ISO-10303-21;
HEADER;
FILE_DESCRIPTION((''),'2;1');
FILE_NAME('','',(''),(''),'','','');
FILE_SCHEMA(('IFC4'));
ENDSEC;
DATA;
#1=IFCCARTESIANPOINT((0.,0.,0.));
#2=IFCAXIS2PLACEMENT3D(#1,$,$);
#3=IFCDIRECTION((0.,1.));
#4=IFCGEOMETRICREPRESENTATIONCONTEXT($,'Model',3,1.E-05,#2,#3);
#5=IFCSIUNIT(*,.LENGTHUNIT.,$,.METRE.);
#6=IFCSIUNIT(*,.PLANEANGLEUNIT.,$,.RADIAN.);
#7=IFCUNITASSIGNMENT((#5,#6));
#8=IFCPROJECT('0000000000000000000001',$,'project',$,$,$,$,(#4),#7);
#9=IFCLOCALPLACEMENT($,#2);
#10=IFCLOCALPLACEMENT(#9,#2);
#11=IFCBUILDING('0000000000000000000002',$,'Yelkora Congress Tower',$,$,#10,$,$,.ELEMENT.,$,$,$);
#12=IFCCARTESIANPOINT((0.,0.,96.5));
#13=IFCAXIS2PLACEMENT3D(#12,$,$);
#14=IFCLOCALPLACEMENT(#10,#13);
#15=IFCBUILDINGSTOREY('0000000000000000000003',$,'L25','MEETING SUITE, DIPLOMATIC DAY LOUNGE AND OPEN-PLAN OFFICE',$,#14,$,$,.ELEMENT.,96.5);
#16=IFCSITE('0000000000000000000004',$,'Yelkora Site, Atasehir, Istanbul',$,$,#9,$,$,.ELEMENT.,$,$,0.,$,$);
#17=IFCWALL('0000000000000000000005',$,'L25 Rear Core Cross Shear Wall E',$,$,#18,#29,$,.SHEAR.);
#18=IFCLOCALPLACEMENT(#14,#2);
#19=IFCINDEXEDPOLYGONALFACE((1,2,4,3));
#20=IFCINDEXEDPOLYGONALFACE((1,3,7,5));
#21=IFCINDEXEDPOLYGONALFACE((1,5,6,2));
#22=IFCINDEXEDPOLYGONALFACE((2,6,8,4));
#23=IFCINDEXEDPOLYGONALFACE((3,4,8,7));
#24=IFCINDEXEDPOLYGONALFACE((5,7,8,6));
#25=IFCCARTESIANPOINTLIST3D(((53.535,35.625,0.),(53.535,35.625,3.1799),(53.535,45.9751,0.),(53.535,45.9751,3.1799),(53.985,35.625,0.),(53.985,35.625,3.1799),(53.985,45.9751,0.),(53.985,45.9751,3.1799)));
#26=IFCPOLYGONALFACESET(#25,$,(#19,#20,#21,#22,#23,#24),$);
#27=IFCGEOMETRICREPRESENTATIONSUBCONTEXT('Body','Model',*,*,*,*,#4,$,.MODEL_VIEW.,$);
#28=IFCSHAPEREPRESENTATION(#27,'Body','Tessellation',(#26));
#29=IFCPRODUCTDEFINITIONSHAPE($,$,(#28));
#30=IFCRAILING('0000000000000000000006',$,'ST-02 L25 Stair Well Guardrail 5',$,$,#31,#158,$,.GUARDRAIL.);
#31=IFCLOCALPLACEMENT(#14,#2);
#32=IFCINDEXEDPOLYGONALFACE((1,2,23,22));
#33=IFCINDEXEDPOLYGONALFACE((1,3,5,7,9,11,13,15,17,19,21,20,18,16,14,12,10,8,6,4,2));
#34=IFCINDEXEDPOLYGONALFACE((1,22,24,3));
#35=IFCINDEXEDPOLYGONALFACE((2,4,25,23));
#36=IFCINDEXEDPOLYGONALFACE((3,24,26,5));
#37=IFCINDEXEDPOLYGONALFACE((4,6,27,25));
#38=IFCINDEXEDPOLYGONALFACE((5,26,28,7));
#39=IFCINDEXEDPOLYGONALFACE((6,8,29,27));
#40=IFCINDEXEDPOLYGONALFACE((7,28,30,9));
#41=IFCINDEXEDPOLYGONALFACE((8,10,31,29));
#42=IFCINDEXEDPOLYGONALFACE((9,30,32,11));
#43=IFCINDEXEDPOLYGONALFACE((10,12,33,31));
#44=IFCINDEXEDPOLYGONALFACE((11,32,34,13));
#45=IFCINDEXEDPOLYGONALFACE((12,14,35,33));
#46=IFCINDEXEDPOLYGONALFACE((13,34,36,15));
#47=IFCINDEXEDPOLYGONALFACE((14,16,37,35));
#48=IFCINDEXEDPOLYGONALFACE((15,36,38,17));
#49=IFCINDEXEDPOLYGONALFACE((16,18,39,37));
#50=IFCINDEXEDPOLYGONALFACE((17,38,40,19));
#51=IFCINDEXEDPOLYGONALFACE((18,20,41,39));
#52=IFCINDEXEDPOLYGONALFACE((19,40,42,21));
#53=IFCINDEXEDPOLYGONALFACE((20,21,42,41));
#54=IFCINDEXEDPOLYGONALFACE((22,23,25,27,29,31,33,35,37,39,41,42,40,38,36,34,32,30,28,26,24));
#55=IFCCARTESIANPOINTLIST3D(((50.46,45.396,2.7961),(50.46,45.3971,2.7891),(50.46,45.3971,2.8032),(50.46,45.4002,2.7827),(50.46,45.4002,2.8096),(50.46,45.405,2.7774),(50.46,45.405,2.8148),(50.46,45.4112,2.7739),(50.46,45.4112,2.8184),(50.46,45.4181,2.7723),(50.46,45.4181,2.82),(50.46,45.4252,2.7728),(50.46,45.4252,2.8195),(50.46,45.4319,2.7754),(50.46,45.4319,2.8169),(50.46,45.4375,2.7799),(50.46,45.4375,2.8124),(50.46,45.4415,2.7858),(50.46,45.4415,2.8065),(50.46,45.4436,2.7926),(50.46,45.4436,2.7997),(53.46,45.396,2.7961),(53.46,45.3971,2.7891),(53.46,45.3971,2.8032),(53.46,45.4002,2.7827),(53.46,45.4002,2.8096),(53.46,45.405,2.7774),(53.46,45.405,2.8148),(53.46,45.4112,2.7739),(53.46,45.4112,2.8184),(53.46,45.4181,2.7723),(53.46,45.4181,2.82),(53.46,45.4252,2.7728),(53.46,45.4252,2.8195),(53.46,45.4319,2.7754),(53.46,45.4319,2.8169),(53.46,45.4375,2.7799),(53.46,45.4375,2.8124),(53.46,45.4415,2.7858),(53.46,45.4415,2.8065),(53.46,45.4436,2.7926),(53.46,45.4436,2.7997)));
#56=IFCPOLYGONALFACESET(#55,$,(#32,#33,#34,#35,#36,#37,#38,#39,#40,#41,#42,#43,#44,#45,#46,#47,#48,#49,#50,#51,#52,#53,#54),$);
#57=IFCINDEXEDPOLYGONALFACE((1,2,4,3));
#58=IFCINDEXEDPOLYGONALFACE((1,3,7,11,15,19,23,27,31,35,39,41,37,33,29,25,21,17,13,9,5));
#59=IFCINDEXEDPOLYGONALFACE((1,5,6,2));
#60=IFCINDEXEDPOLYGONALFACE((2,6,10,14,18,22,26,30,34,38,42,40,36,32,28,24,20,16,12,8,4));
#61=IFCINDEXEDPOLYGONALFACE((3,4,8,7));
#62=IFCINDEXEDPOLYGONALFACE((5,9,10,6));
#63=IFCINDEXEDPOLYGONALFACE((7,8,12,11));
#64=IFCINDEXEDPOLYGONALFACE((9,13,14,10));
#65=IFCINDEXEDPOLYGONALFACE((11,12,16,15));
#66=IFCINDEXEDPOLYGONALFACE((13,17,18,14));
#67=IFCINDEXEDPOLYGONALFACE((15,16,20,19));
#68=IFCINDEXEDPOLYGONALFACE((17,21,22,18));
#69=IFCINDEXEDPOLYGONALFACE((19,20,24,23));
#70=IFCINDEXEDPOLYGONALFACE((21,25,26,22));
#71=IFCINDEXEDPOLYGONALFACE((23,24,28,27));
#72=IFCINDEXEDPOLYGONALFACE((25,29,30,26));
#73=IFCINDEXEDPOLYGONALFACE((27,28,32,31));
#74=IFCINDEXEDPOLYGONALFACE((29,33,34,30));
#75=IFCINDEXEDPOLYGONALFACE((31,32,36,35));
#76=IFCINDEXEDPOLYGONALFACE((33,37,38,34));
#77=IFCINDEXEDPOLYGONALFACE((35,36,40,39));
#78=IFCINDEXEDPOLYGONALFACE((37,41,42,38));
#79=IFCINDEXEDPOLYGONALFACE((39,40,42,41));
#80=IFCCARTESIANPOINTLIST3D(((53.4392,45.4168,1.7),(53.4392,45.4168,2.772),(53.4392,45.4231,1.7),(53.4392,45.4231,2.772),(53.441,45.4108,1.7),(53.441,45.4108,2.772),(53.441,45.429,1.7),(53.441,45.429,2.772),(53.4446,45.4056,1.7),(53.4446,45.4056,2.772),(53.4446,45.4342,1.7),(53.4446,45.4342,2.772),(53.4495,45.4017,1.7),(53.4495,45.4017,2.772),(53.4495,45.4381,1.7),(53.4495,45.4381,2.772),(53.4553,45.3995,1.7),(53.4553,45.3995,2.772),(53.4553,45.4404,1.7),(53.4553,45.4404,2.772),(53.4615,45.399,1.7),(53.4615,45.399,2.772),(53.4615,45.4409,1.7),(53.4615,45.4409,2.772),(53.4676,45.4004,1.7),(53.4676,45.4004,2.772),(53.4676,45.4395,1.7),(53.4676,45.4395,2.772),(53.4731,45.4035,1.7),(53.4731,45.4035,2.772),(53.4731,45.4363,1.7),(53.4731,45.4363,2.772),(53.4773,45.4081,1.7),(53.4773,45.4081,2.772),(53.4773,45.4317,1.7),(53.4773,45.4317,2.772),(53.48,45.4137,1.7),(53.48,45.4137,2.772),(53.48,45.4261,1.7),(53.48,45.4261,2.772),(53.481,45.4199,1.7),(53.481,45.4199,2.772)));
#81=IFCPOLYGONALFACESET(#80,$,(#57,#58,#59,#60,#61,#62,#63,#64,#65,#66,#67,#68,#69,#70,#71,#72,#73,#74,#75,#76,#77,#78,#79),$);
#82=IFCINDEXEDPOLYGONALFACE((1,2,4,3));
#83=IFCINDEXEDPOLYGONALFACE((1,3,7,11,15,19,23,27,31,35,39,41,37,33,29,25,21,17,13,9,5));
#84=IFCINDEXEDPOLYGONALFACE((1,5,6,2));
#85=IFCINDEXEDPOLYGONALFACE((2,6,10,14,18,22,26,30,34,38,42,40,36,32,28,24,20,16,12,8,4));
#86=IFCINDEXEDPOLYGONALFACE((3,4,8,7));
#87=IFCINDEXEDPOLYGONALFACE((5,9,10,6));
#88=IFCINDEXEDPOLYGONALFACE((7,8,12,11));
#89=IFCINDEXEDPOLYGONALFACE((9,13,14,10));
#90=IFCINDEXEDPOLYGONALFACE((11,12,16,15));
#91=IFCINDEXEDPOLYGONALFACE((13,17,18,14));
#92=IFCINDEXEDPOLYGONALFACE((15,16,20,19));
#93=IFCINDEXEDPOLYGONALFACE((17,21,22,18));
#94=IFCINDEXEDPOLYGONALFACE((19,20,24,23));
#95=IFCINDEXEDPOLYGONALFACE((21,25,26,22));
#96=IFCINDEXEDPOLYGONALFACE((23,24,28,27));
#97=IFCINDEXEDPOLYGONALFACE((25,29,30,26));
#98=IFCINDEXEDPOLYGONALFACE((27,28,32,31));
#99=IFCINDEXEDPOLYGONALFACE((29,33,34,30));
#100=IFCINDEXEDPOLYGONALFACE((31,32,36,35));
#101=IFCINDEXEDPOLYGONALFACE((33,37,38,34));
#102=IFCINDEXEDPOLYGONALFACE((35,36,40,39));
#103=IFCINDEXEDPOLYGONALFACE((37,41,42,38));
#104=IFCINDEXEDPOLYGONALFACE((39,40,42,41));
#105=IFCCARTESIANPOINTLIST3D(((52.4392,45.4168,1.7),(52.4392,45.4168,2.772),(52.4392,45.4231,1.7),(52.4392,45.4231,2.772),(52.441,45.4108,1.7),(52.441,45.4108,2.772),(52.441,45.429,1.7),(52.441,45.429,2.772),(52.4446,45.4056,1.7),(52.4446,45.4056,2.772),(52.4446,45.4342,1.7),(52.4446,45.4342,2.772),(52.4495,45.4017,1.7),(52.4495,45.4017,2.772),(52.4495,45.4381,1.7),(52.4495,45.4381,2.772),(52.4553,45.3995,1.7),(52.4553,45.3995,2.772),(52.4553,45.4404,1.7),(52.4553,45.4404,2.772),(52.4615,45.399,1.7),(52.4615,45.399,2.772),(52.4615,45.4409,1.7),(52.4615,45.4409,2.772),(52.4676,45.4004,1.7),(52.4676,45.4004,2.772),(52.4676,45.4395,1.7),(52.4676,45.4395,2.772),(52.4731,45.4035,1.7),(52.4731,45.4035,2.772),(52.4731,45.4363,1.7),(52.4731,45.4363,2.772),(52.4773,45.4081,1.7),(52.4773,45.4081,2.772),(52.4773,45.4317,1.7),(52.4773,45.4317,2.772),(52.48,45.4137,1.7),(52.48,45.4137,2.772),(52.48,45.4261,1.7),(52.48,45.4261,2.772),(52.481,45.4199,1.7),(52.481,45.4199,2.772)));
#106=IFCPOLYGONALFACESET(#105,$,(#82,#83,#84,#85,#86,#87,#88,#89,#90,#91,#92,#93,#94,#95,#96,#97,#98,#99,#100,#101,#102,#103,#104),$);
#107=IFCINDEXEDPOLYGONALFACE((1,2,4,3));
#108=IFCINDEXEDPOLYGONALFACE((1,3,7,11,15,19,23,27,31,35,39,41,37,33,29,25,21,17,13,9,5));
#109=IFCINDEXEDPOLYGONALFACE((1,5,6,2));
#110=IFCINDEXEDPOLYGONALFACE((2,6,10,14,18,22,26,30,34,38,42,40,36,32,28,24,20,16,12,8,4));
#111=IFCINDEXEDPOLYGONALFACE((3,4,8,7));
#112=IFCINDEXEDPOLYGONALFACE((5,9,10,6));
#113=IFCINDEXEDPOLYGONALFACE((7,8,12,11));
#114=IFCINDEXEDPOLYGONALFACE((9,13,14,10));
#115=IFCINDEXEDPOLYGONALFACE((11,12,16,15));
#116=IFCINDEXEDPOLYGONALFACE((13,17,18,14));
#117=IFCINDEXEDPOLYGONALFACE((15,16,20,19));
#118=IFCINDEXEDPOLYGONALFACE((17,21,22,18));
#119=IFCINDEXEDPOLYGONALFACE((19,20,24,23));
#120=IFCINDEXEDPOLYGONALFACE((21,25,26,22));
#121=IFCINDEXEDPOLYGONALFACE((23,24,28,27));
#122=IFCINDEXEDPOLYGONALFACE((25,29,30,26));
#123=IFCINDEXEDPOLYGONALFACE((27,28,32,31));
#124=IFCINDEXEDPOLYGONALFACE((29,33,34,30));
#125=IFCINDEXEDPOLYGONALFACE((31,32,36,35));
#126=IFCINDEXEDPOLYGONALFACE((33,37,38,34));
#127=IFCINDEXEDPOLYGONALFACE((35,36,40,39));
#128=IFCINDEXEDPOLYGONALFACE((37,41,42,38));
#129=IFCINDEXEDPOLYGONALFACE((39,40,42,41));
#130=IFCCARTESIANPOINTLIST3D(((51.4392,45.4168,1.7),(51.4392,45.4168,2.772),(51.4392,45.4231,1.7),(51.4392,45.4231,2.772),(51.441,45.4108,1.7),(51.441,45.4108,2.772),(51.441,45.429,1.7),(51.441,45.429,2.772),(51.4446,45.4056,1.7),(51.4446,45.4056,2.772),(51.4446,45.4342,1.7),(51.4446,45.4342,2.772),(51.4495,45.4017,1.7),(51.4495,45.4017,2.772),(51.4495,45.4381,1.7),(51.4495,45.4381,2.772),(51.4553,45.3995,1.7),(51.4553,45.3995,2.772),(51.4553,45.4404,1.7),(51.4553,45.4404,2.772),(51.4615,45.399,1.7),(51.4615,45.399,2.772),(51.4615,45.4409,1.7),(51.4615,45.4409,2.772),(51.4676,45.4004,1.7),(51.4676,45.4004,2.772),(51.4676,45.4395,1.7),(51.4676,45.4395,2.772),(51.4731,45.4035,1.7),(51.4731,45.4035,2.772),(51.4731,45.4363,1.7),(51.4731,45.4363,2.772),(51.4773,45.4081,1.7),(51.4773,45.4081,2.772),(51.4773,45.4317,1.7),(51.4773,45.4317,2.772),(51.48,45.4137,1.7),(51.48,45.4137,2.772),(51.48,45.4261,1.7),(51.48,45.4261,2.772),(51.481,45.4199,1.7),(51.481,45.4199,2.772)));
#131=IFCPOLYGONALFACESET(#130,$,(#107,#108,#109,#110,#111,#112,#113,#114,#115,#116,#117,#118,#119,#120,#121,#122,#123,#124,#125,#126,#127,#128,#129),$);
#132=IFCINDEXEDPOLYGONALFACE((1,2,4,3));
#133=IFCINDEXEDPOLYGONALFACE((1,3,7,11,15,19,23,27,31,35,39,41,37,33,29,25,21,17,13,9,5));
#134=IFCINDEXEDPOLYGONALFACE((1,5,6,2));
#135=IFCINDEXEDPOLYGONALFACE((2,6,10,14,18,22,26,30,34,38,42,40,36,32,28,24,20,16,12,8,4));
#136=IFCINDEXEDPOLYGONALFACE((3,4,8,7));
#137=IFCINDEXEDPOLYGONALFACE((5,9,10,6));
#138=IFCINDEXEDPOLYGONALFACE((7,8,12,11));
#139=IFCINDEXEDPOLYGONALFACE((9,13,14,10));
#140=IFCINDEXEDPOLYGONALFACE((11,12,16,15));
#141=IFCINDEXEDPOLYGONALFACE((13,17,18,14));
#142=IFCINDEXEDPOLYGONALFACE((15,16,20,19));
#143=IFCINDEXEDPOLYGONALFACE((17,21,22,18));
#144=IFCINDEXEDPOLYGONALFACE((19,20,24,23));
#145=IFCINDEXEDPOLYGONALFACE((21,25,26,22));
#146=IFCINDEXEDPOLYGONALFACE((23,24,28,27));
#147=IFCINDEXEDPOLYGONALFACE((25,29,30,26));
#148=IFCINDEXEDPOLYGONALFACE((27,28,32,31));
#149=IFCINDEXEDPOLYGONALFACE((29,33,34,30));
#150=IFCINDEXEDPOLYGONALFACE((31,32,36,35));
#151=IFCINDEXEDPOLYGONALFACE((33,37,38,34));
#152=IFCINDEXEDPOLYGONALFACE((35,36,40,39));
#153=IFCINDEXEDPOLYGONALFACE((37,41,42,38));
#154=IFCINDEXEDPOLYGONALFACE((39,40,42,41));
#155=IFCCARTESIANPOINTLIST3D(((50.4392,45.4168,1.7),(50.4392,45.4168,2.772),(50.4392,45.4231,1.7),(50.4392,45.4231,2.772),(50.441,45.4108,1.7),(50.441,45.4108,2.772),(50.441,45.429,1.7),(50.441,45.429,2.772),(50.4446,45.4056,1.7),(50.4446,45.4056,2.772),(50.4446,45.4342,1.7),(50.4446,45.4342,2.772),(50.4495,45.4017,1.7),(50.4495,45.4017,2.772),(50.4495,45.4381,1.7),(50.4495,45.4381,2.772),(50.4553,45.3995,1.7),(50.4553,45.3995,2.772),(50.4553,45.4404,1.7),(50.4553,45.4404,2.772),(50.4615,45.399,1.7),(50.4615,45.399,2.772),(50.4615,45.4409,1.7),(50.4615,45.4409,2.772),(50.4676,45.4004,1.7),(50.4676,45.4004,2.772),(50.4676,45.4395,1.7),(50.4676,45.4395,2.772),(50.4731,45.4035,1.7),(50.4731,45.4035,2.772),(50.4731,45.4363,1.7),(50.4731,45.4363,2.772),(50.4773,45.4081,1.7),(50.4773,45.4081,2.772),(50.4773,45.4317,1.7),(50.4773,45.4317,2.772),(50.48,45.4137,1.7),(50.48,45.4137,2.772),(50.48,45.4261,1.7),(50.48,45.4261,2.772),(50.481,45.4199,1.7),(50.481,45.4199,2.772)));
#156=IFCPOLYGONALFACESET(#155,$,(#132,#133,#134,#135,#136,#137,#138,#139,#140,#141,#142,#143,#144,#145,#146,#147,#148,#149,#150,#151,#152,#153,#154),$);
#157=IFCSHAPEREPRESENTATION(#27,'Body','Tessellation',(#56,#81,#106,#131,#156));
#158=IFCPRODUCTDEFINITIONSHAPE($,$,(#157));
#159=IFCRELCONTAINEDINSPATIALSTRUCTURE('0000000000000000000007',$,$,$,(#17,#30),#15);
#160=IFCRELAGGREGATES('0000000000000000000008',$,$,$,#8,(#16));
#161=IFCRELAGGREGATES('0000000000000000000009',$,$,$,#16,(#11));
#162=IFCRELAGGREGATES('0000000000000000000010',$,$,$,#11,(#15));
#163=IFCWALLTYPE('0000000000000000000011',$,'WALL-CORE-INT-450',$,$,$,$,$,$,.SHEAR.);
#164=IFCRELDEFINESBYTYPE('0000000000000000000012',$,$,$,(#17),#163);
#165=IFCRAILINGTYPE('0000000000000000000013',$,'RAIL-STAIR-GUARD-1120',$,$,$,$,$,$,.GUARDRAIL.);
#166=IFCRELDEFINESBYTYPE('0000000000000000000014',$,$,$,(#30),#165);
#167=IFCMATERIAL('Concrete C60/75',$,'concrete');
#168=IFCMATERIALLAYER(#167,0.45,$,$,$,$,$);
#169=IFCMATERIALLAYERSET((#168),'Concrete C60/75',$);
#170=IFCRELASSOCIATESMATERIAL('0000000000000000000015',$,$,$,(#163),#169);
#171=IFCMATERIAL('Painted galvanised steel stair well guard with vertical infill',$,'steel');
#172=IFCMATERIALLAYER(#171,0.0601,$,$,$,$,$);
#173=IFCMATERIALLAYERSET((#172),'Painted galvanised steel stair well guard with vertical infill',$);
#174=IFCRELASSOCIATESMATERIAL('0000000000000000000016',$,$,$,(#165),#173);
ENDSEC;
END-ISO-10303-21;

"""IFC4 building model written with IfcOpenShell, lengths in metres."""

from ifc_helpers import new_model, si_unit, direction, frame, frame_2d, origin, origin_2d, place, context, subcontext, project, spatial, rectangle, circle, extrude, material, layer, layer_set, type_object, element, save


model = new_model("IFC4")

# Units and contexts
model_context = context("Model", 3, precision=1e-05, world=origin(), true_north=direction((0.0, 1.0)))
body_context = subcontext(model_context, "Body", "Model", "MODEL_VIEW")
ifc_project = project(units=[si_unit("LENGTHUNIT", "METRE"), si_unit("PLANEANGLEUNIT", "RADIAN")], contexts=[model_context])

# Site, building, storey
site_placement = place(None, origin())
site = spatial("IfcSite", under=ifc_project, at=site_placement, Name="Yelkora Site, Atasehir, Istanbul", CompositionType="ELEMENT", RefElevation=0.0)
building_placement = place(site_placement, origin())
building = spatial("IfcBuilding", under=site, at=building_placement, Name="Yelkora Congress Tower", CompositionType="ELEMENT")
storey_placement = place(building_placement, frame((0.0, 0.0, 96.5)))
storey = spatial("IfcBuildingStorey", under=building, at=storey_placement, Name="L25", Description="MEETING SUITE, DIPLOMATIC DAY LOUNGE AND OPEN-PLAN OFFICE", CompositionType="ELEMENT", Elevation=96.5)

# Wall
ifc_material_1 = material(Name="Concrete C60/75", Category="concrete")
ifc_layer_1 = layer(ifc_material_1, 0.45)
ifc_layer_set_1 = layer_set([ifc_layer_1], Name="Concrete C60/75")
wall_type = type_object("IfcWallType", Name="WALL-CORE-INT-450", PredefinedType="SHEAR", material=ifc_layer_set_1)
wall_placement = place(storey_placement, frame((53.76, 35.625, 0.0), z_axis=(0.0, 0.0, 1.0), x_axis=(0.0, 1.0, 0.0)))
element("IfcWall", 1, at=wall_placement, inside=storey, type_object=wall_type, Name="L25 Rear Core Cross Shear Wall E", PredefinedType="SHEAR", context=body_context, shape_type="SweptSolid", body=[
    extrude(rectangle(XDim=10.3501, YDim=0.45, at=frame_2d((5.175, 0.0))), origin(), (0.0, 0.0, 1.0), 3.1799),
])

# Railing
ifc_material_2 = material(Name="Painted galvanised steel stair well guard with vertical infill", Category="steel")
ifc_layer_2 = layer(ifc_material_2, 0.0601)
ifc_layer_set_2 = layer_set([ifc_layer_2], Name="Painted galvanised steel stair well guard with vertical infill")
railing_type = type_object("IfcRailingType", Name="RAIL-STAIR-GUARD-1120", PredefinedType="GUARDRAIL", material=ifc_layer_set_2)
railing_1_placement = place(storey_placement, frame((53.46, 45.4199, 1.7)))
element("IfcRailing", 2, at=railing_1_placement, inside=storey, type_object=railing_type, Name="ST-02 L25 Stair Well Guardrail 5", PredefinedType="GUARDRAIL", context=body_context, shape_type="SweptSolid", body=[
    extrude(circle(Radius=0.0239, at=origin_2d()), frame((0.0, 0.0, 1.0962), z_axis=(-1.0, 0.0, 0.0), x_axis=(0.0, -1.0, 0.0)), (0.0, 0.0, 1.0), 3.0),
    extrude(circle(Radius=0.021, at=origin_2d()), origin(), (0.0, 0.0, 1.0), 1.072),
    extrude(circle(Radius=0.021, at=origin_2d()), frame((-1.0, 0.0, 0.0)), (0.0, 0.0, 1.0), 1.072),
    extrude(circle(Radius=0.021, at=origin_2d()), frame((-2.0, 0.0, 0.0)), (0.0, 0.0, 1.0), 1.072),
    extrude(circle(Radius=0.021, at=origin_2d()), frame((-3.0, 0.0, 0.0)), (0.0, 0.0, 1.0), 1.072),
])

save(model, "model.ifc")
